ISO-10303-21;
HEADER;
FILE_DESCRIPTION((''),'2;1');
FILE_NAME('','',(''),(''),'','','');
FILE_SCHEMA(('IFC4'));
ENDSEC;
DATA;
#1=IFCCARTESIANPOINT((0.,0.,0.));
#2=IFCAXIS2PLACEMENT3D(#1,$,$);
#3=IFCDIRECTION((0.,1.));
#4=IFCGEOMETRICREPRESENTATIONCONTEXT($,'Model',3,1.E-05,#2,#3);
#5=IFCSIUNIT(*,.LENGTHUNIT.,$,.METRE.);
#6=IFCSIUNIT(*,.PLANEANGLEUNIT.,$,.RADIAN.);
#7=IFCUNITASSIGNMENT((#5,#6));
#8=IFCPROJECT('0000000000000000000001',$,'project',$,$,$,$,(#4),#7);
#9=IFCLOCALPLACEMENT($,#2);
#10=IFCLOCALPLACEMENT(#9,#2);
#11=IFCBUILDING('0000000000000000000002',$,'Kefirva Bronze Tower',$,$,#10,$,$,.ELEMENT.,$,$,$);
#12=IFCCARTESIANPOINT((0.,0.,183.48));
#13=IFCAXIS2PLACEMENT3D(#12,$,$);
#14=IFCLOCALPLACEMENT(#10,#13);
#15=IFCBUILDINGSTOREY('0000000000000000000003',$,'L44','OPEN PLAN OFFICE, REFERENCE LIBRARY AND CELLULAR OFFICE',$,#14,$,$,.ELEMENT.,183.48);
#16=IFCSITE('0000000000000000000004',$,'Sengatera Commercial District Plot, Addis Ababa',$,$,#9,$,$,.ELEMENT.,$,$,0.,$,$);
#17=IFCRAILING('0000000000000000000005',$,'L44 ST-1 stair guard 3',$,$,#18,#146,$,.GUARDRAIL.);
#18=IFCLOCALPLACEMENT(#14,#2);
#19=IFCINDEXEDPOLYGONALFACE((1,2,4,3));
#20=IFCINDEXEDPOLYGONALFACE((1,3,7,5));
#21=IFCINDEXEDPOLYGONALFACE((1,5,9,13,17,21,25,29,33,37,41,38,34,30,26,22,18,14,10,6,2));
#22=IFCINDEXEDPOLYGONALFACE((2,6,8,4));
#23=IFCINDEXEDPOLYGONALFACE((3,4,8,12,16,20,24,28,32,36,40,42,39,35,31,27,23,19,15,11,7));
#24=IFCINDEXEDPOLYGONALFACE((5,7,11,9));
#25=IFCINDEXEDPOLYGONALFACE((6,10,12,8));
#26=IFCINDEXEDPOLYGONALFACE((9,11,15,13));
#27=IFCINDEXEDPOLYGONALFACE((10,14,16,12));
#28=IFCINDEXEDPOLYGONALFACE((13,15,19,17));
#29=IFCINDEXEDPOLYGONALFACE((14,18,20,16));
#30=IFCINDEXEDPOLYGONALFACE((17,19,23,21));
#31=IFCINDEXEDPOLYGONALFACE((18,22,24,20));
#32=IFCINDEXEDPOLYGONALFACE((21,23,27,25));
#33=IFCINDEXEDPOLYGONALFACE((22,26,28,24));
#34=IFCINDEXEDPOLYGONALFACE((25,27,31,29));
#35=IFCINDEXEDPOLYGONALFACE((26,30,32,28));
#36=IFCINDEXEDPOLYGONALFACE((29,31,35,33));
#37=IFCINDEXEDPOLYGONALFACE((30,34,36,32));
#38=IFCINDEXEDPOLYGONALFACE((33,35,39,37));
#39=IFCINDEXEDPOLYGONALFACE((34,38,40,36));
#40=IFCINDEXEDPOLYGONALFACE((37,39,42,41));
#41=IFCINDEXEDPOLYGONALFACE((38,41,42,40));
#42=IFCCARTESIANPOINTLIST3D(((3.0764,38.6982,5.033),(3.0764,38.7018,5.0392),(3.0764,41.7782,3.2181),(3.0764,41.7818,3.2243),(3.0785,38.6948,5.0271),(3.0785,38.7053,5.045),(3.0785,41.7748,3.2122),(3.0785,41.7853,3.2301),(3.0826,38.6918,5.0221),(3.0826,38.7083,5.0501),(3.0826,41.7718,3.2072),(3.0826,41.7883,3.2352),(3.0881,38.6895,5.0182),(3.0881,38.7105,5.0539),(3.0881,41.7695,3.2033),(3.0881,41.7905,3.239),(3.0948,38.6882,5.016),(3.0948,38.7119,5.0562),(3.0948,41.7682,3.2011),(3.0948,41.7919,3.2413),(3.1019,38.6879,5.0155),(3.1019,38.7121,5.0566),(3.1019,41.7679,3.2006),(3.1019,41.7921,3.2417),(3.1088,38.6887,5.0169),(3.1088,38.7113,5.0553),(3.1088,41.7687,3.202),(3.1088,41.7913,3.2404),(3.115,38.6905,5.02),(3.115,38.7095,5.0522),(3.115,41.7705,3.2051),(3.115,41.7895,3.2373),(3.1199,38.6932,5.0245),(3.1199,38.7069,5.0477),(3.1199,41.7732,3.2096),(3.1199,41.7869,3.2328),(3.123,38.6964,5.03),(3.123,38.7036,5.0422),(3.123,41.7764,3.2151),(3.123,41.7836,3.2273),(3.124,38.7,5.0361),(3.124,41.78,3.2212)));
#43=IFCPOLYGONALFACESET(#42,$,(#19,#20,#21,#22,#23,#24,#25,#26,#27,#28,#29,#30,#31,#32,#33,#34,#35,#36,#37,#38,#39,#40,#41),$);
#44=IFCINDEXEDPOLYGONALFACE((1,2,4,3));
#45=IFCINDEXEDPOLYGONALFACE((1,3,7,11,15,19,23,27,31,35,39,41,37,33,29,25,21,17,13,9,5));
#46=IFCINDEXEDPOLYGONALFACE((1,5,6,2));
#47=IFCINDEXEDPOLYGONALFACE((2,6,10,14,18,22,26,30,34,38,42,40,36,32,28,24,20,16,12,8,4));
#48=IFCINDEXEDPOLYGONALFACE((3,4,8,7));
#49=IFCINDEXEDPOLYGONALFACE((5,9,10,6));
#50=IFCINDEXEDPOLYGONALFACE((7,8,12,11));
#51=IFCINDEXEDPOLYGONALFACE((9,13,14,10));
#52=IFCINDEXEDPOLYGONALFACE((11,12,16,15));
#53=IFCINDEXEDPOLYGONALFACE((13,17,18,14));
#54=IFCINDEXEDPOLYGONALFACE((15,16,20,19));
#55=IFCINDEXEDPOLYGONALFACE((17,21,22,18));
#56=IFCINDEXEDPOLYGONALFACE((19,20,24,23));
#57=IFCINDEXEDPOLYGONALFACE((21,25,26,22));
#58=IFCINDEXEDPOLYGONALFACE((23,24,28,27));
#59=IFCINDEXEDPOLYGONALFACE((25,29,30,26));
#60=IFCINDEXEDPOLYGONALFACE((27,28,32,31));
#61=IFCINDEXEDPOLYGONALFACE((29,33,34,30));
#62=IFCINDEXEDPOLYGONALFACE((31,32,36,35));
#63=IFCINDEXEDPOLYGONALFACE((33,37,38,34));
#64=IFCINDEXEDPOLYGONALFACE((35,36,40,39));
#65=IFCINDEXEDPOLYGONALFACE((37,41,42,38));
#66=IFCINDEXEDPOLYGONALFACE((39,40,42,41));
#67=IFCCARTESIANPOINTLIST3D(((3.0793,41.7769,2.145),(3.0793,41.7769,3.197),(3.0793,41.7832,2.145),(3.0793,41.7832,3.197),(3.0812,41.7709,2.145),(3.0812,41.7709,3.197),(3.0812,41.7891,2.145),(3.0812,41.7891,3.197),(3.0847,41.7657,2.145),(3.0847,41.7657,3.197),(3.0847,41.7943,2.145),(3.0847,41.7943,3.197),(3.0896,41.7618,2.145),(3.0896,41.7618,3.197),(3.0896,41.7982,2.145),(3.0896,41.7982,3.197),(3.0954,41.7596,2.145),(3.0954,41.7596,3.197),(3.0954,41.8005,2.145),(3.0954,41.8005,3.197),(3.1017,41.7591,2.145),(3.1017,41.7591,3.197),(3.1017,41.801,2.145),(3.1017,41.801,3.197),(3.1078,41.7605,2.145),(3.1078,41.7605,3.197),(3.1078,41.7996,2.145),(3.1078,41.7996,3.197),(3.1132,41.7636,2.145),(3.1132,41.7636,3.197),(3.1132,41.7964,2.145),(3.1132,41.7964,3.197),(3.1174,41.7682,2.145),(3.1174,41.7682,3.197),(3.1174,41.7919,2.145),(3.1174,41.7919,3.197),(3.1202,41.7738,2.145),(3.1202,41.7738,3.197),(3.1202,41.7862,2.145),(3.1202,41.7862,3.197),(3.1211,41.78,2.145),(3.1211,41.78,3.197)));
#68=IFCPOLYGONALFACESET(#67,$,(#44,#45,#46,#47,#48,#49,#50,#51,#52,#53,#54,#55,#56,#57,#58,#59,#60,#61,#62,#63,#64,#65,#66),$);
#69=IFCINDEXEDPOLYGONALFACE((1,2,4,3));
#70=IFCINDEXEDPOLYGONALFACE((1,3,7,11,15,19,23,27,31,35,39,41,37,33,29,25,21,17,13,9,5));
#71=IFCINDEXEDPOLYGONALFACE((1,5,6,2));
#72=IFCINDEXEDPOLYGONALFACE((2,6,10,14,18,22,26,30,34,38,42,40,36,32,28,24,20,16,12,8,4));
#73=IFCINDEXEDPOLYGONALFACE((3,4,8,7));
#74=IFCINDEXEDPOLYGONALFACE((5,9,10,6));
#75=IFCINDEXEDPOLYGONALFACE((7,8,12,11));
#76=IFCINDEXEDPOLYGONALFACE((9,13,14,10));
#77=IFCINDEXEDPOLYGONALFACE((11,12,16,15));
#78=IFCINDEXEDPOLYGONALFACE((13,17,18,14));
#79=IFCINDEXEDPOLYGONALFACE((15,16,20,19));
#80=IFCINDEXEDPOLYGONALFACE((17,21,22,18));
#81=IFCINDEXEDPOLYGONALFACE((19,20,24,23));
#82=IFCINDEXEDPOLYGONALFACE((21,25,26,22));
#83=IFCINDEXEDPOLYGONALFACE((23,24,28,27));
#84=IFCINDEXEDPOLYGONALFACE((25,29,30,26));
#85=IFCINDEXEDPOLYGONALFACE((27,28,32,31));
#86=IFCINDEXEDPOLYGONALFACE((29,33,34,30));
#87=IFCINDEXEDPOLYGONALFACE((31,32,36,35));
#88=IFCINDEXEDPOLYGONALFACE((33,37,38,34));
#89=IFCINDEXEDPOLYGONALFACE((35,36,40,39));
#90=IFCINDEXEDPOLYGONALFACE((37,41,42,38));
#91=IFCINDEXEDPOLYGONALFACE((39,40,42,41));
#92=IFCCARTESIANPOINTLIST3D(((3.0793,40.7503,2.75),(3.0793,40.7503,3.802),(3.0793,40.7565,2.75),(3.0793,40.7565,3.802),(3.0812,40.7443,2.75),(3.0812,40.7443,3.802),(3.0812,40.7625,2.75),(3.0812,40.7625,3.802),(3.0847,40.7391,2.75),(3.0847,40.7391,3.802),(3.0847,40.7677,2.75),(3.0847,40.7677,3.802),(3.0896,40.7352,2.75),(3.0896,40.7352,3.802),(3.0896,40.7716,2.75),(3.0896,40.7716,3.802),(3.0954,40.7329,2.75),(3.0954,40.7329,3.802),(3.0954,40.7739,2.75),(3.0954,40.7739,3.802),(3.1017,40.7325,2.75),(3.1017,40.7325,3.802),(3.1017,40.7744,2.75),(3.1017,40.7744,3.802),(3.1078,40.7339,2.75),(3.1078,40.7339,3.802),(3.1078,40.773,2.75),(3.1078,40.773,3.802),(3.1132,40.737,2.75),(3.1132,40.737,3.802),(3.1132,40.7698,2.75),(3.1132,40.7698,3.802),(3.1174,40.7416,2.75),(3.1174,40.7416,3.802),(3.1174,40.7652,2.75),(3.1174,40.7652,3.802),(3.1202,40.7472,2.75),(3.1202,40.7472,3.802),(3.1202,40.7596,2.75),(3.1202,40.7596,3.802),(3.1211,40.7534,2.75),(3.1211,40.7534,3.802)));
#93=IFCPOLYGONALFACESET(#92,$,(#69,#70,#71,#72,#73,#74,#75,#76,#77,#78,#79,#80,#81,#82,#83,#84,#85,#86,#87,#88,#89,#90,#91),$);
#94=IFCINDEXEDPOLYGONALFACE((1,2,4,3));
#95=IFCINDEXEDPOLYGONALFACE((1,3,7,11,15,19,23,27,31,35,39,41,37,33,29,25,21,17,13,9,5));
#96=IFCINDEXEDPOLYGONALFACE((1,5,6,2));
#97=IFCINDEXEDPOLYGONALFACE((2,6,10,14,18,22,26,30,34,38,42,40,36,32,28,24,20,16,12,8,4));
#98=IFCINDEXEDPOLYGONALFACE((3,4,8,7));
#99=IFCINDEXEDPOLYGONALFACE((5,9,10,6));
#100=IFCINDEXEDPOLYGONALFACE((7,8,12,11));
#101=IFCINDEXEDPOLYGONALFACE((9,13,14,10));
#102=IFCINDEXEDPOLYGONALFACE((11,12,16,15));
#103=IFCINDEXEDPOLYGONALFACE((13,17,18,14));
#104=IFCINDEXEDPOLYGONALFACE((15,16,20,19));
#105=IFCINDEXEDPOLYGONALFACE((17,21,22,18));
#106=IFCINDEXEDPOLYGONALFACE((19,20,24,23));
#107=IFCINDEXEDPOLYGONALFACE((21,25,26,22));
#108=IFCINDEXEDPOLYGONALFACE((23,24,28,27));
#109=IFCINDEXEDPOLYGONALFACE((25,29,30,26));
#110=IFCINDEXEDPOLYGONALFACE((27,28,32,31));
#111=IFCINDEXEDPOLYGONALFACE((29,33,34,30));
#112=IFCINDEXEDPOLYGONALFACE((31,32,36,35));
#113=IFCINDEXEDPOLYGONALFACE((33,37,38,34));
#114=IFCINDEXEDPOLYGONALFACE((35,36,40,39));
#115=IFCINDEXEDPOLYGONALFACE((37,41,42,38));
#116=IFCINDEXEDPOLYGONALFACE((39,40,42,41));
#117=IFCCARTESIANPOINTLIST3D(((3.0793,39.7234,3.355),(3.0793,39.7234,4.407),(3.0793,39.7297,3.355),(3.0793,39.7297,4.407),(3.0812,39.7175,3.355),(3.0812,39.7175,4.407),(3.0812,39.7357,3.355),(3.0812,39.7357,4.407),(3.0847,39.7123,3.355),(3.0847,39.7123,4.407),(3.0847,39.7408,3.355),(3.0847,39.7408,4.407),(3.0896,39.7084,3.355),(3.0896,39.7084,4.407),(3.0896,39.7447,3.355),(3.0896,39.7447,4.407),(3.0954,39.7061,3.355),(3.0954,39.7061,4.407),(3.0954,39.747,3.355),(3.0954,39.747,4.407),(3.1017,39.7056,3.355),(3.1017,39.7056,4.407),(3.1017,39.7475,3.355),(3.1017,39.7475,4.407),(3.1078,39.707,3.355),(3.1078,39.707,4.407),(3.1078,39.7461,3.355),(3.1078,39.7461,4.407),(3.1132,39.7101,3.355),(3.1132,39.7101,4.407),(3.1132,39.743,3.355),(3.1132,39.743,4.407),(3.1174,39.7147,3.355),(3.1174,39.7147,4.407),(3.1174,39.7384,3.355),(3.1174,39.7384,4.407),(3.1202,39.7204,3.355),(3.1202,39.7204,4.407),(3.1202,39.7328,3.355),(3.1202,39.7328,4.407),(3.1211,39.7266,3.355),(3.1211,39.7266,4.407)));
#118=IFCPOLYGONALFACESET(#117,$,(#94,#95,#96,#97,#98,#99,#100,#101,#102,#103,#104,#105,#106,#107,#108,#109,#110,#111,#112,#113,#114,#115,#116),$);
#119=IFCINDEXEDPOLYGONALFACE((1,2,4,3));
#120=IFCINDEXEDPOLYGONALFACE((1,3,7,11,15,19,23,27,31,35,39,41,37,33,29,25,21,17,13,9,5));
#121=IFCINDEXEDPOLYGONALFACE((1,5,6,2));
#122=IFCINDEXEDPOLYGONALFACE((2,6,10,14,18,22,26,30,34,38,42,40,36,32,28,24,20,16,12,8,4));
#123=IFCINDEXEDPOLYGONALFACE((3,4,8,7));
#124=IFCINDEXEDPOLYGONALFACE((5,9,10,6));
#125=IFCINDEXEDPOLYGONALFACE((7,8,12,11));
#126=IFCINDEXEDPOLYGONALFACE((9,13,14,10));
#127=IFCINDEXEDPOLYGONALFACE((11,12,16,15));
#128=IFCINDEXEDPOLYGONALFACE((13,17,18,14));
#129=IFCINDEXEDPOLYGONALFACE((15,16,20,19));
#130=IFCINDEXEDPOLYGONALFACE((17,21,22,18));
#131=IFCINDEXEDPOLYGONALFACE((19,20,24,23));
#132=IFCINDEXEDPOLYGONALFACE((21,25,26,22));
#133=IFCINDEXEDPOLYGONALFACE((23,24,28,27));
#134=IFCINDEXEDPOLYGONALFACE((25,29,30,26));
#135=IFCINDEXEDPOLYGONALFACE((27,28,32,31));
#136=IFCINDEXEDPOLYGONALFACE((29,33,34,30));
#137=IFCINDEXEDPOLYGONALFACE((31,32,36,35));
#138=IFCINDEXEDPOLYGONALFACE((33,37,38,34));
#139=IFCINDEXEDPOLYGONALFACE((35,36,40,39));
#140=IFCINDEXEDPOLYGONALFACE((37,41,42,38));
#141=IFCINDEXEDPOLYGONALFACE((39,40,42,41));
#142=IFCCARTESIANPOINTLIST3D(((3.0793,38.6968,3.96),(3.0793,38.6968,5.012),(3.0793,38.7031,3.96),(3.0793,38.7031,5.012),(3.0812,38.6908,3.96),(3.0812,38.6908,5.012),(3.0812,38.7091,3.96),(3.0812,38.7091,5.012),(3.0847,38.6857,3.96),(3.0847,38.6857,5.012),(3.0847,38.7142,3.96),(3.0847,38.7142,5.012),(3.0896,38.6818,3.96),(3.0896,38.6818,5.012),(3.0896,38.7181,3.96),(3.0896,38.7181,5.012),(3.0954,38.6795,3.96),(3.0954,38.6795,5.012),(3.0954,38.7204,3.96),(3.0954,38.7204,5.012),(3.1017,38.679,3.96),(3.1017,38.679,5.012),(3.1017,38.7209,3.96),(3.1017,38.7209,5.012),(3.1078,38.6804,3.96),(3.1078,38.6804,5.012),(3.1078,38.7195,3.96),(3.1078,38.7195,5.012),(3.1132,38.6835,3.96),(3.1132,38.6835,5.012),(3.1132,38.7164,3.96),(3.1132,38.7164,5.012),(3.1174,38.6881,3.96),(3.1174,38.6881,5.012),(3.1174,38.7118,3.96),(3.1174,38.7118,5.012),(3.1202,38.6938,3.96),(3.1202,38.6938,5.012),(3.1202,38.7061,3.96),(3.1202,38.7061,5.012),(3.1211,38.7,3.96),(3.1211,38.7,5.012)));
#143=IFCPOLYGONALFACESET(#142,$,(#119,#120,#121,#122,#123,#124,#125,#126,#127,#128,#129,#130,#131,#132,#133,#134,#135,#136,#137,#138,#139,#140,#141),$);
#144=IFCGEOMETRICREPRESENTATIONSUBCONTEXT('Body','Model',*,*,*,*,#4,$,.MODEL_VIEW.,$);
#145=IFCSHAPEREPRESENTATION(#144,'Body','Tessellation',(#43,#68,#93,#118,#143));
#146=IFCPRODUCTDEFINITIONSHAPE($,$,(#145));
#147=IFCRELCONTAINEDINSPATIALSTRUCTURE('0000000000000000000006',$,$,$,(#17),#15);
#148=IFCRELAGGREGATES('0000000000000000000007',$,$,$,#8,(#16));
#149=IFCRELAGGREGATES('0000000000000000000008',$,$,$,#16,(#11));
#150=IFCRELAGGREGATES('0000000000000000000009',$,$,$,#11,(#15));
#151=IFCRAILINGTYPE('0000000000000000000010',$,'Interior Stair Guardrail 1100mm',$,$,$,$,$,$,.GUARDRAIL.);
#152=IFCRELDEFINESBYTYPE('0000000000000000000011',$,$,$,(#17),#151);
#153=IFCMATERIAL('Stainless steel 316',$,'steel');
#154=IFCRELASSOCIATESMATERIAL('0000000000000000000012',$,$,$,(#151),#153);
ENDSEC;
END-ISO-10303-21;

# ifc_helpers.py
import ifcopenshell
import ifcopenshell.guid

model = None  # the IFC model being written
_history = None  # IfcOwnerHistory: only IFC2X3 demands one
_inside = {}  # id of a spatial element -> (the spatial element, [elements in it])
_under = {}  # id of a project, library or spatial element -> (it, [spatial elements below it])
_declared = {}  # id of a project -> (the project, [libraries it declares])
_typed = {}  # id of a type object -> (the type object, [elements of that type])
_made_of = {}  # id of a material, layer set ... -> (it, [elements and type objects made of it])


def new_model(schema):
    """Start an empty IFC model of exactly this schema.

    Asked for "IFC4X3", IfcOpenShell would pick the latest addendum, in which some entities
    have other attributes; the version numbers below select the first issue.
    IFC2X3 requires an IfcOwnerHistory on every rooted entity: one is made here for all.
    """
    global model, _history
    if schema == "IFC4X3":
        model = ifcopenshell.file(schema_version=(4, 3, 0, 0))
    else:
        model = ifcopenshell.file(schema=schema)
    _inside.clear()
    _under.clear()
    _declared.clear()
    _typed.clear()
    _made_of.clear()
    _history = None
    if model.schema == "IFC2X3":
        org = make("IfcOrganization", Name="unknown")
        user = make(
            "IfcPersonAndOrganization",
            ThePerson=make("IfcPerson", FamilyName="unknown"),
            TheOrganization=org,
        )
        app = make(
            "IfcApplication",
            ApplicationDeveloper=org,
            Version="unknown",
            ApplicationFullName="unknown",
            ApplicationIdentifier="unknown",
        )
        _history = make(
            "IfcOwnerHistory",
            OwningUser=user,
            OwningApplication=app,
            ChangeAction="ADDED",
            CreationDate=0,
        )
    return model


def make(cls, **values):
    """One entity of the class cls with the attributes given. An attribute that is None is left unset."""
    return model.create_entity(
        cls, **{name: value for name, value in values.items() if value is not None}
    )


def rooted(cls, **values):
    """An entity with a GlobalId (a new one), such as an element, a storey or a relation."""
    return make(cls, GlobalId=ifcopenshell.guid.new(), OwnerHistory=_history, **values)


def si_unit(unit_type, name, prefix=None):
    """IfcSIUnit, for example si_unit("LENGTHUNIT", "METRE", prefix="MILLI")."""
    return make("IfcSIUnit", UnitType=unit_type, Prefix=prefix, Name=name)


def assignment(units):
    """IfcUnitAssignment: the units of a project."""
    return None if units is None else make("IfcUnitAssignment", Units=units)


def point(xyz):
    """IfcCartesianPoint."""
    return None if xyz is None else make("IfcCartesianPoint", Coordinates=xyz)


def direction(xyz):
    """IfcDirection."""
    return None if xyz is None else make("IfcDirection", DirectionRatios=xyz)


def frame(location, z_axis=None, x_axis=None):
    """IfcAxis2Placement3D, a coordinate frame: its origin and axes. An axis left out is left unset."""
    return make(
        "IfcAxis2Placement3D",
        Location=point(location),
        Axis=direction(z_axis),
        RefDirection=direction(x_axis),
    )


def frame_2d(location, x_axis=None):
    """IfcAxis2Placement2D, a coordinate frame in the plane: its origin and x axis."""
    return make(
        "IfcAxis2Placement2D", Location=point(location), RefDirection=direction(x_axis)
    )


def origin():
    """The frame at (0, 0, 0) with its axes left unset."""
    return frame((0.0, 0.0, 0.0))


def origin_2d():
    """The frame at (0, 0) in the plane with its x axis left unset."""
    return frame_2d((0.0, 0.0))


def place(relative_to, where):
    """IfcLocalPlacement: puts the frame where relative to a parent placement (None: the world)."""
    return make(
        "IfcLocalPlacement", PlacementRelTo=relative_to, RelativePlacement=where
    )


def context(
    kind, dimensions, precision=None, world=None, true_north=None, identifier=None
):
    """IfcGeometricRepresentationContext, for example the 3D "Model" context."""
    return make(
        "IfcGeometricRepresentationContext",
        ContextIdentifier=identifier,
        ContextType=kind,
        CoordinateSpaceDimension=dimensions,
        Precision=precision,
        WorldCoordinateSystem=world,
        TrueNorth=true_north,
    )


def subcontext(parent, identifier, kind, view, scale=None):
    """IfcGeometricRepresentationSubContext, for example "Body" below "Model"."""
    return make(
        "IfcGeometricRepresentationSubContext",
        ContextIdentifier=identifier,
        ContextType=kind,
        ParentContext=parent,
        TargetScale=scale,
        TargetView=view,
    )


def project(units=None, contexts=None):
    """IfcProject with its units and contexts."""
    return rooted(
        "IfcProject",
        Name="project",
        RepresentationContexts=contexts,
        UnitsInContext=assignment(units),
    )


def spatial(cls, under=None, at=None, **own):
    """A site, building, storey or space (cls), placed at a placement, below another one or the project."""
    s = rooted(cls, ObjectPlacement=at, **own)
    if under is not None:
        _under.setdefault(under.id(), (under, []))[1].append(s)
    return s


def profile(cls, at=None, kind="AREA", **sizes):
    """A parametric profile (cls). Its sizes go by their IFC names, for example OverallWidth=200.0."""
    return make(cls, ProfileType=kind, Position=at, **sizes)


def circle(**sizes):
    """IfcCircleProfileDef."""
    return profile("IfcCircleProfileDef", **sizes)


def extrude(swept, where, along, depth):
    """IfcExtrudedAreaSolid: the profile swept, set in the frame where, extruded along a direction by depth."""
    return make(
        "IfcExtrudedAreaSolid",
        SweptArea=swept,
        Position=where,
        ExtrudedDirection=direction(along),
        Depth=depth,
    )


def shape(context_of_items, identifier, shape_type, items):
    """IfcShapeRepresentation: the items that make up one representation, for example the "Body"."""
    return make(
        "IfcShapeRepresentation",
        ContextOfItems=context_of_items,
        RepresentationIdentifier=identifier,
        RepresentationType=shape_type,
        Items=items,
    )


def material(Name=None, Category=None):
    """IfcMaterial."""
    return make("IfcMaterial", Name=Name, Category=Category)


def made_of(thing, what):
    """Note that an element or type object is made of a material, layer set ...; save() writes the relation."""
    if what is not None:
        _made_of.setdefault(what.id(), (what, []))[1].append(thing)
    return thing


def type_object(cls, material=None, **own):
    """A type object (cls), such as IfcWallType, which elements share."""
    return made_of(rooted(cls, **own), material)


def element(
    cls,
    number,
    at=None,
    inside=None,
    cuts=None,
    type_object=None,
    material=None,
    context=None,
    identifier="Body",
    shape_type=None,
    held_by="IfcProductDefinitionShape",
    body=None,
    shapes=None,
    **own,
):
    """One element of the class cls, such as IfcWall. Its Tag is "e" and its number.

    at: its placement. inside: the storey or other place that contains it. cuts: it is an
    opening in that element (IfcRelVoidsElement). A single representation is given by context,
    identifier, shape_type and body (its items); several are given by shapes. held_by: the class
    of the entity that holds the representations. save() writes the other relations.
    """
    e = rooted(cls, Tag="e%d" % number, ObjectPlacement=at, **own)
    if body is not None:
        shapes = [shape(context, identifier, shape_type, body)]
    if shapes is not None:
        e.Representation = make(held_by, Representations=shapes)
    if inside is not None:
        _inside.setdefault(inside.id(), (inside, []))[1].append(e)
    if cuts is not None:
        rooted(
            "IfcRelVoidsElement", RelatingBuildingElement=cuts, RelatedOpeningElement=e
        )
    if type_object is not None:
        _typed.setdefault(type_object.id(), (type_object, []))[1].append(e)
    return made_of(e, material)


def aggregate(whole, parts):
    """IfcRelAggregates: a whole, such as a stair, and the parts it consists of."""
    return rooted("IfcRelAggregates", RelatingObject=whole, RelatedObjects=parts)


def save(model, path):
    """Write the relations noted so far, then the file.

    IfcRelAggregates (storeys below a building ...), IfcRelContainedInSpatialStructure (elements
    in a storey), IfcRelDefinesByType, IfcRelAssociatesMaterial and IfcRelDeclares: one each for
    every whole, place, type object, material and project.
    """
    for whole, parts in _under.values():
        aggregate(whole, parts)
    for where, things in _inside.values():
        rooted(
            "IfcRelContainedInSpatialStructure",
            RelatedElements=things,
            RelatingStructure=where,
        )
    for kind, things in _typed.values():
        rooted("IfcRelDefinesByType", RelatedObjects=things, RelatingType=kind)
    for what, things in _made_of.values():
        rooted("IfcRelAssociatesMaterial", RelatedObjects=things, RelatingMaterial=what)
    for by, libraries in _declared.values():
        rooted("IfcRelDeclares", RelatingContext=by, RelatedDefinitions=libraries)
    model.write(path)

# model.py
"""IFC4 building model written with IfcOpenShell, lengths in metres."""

from ifc_helpers import new_model, si_unit, direction, frame, origin, origin_2d, place, context, subcontext, project, spatial, circle, extrude, material, type_object, element, save


model = new_model("IFC4")

# Units and contexts
model_context = context("Model", 3, precision=1e-05, world=origin(), true_north=direction((0.0, 1.0)))
body_context = subcontext(model_context, "Body", "Model", "MODEL_VIEW")
ifc_project = project(units=[si_unit("LENGTHUNIT", "METRE"), si_unit("PLANEANGLEUNIT", "RADIAN")], contexts=[model_context])

# Site, building, storey
site_placement = place(None, origin())
site = spatial("IfcSite", under=ifc_project, at=site_placement, Name="Sengatera Commercial District Plot, Addis Ababa", CompositionType="ELEMENT", RefElevation=0.0)
building_placement = place(site_placement, origin())
building = spatial("IfcBuilding", under=site, at=building_placement, Name="Kefirva Bronze Tower", CompositionType="ELEMENT")
storey_placement = place(building_placement, frame((0.0, 0.0, 183.48)))
storey = spatial("IfcBuildingStorey", under=building, at=storey_placement, Name="L44", Description="OPEN PLAN OFFICE, REFERENCE LIBRARY AND CELLULAR OFFICE", CompositionType="ELEMENT", Elevation=183.48)

# Railing
ifc_material_1 = material(Name="Stainless steel 316", Category="steel")
railing_type_1 = type_object("IfcRailingType", Name="Interior Stair Guardrail 1100mm", PredefinedType="GUARDRAIL", material=ifc_material_1)
railing_1_placement = place(storey_placement, frame((3.1001, 41.78, 2.145)))
element("IfcRailing", 1, at=railing_1_placement, inside=storey, type_object=railing_type_1, Name="L44 ST-1 stair guard 3", PredefinedType="GUARDRAIL", context=body_context, shape_type="SweptSolid", body=[
    extrude(circle(Radius=0.0239, at=origin_2d()), frame((0.0, 0.0, 1.0762), z_axis=(0.0, -0.861551, 0.507671), x_axis=(1.0, 0.0, 0.0)), (0.0, 0.0, 1.0), 3.575),
    extrude(circle(Radius=0.021, at=origin_2d()), origin(), (0.0, 0.0, 1.0), 1.052),
    extrude(circle(Radius=0.021, at=origin_2d()), frame((0.0, -1.0266, 0.605)), (0.0, 0.0, 1.0), 1.052),
    extrude(circle(Radius=0.021, at=origin_2d()), frame((0.0, -2.0535, 1.21)), (0.0, 0.0, 1.0), 1.052),
    extrude(circle(Radius=0.021, at=origin_2d()), frame((0.0, -3.0801, 1.8149)), (0.0, 0.0, 1.0), 1.052),
])

save(model, "model.ifc")
